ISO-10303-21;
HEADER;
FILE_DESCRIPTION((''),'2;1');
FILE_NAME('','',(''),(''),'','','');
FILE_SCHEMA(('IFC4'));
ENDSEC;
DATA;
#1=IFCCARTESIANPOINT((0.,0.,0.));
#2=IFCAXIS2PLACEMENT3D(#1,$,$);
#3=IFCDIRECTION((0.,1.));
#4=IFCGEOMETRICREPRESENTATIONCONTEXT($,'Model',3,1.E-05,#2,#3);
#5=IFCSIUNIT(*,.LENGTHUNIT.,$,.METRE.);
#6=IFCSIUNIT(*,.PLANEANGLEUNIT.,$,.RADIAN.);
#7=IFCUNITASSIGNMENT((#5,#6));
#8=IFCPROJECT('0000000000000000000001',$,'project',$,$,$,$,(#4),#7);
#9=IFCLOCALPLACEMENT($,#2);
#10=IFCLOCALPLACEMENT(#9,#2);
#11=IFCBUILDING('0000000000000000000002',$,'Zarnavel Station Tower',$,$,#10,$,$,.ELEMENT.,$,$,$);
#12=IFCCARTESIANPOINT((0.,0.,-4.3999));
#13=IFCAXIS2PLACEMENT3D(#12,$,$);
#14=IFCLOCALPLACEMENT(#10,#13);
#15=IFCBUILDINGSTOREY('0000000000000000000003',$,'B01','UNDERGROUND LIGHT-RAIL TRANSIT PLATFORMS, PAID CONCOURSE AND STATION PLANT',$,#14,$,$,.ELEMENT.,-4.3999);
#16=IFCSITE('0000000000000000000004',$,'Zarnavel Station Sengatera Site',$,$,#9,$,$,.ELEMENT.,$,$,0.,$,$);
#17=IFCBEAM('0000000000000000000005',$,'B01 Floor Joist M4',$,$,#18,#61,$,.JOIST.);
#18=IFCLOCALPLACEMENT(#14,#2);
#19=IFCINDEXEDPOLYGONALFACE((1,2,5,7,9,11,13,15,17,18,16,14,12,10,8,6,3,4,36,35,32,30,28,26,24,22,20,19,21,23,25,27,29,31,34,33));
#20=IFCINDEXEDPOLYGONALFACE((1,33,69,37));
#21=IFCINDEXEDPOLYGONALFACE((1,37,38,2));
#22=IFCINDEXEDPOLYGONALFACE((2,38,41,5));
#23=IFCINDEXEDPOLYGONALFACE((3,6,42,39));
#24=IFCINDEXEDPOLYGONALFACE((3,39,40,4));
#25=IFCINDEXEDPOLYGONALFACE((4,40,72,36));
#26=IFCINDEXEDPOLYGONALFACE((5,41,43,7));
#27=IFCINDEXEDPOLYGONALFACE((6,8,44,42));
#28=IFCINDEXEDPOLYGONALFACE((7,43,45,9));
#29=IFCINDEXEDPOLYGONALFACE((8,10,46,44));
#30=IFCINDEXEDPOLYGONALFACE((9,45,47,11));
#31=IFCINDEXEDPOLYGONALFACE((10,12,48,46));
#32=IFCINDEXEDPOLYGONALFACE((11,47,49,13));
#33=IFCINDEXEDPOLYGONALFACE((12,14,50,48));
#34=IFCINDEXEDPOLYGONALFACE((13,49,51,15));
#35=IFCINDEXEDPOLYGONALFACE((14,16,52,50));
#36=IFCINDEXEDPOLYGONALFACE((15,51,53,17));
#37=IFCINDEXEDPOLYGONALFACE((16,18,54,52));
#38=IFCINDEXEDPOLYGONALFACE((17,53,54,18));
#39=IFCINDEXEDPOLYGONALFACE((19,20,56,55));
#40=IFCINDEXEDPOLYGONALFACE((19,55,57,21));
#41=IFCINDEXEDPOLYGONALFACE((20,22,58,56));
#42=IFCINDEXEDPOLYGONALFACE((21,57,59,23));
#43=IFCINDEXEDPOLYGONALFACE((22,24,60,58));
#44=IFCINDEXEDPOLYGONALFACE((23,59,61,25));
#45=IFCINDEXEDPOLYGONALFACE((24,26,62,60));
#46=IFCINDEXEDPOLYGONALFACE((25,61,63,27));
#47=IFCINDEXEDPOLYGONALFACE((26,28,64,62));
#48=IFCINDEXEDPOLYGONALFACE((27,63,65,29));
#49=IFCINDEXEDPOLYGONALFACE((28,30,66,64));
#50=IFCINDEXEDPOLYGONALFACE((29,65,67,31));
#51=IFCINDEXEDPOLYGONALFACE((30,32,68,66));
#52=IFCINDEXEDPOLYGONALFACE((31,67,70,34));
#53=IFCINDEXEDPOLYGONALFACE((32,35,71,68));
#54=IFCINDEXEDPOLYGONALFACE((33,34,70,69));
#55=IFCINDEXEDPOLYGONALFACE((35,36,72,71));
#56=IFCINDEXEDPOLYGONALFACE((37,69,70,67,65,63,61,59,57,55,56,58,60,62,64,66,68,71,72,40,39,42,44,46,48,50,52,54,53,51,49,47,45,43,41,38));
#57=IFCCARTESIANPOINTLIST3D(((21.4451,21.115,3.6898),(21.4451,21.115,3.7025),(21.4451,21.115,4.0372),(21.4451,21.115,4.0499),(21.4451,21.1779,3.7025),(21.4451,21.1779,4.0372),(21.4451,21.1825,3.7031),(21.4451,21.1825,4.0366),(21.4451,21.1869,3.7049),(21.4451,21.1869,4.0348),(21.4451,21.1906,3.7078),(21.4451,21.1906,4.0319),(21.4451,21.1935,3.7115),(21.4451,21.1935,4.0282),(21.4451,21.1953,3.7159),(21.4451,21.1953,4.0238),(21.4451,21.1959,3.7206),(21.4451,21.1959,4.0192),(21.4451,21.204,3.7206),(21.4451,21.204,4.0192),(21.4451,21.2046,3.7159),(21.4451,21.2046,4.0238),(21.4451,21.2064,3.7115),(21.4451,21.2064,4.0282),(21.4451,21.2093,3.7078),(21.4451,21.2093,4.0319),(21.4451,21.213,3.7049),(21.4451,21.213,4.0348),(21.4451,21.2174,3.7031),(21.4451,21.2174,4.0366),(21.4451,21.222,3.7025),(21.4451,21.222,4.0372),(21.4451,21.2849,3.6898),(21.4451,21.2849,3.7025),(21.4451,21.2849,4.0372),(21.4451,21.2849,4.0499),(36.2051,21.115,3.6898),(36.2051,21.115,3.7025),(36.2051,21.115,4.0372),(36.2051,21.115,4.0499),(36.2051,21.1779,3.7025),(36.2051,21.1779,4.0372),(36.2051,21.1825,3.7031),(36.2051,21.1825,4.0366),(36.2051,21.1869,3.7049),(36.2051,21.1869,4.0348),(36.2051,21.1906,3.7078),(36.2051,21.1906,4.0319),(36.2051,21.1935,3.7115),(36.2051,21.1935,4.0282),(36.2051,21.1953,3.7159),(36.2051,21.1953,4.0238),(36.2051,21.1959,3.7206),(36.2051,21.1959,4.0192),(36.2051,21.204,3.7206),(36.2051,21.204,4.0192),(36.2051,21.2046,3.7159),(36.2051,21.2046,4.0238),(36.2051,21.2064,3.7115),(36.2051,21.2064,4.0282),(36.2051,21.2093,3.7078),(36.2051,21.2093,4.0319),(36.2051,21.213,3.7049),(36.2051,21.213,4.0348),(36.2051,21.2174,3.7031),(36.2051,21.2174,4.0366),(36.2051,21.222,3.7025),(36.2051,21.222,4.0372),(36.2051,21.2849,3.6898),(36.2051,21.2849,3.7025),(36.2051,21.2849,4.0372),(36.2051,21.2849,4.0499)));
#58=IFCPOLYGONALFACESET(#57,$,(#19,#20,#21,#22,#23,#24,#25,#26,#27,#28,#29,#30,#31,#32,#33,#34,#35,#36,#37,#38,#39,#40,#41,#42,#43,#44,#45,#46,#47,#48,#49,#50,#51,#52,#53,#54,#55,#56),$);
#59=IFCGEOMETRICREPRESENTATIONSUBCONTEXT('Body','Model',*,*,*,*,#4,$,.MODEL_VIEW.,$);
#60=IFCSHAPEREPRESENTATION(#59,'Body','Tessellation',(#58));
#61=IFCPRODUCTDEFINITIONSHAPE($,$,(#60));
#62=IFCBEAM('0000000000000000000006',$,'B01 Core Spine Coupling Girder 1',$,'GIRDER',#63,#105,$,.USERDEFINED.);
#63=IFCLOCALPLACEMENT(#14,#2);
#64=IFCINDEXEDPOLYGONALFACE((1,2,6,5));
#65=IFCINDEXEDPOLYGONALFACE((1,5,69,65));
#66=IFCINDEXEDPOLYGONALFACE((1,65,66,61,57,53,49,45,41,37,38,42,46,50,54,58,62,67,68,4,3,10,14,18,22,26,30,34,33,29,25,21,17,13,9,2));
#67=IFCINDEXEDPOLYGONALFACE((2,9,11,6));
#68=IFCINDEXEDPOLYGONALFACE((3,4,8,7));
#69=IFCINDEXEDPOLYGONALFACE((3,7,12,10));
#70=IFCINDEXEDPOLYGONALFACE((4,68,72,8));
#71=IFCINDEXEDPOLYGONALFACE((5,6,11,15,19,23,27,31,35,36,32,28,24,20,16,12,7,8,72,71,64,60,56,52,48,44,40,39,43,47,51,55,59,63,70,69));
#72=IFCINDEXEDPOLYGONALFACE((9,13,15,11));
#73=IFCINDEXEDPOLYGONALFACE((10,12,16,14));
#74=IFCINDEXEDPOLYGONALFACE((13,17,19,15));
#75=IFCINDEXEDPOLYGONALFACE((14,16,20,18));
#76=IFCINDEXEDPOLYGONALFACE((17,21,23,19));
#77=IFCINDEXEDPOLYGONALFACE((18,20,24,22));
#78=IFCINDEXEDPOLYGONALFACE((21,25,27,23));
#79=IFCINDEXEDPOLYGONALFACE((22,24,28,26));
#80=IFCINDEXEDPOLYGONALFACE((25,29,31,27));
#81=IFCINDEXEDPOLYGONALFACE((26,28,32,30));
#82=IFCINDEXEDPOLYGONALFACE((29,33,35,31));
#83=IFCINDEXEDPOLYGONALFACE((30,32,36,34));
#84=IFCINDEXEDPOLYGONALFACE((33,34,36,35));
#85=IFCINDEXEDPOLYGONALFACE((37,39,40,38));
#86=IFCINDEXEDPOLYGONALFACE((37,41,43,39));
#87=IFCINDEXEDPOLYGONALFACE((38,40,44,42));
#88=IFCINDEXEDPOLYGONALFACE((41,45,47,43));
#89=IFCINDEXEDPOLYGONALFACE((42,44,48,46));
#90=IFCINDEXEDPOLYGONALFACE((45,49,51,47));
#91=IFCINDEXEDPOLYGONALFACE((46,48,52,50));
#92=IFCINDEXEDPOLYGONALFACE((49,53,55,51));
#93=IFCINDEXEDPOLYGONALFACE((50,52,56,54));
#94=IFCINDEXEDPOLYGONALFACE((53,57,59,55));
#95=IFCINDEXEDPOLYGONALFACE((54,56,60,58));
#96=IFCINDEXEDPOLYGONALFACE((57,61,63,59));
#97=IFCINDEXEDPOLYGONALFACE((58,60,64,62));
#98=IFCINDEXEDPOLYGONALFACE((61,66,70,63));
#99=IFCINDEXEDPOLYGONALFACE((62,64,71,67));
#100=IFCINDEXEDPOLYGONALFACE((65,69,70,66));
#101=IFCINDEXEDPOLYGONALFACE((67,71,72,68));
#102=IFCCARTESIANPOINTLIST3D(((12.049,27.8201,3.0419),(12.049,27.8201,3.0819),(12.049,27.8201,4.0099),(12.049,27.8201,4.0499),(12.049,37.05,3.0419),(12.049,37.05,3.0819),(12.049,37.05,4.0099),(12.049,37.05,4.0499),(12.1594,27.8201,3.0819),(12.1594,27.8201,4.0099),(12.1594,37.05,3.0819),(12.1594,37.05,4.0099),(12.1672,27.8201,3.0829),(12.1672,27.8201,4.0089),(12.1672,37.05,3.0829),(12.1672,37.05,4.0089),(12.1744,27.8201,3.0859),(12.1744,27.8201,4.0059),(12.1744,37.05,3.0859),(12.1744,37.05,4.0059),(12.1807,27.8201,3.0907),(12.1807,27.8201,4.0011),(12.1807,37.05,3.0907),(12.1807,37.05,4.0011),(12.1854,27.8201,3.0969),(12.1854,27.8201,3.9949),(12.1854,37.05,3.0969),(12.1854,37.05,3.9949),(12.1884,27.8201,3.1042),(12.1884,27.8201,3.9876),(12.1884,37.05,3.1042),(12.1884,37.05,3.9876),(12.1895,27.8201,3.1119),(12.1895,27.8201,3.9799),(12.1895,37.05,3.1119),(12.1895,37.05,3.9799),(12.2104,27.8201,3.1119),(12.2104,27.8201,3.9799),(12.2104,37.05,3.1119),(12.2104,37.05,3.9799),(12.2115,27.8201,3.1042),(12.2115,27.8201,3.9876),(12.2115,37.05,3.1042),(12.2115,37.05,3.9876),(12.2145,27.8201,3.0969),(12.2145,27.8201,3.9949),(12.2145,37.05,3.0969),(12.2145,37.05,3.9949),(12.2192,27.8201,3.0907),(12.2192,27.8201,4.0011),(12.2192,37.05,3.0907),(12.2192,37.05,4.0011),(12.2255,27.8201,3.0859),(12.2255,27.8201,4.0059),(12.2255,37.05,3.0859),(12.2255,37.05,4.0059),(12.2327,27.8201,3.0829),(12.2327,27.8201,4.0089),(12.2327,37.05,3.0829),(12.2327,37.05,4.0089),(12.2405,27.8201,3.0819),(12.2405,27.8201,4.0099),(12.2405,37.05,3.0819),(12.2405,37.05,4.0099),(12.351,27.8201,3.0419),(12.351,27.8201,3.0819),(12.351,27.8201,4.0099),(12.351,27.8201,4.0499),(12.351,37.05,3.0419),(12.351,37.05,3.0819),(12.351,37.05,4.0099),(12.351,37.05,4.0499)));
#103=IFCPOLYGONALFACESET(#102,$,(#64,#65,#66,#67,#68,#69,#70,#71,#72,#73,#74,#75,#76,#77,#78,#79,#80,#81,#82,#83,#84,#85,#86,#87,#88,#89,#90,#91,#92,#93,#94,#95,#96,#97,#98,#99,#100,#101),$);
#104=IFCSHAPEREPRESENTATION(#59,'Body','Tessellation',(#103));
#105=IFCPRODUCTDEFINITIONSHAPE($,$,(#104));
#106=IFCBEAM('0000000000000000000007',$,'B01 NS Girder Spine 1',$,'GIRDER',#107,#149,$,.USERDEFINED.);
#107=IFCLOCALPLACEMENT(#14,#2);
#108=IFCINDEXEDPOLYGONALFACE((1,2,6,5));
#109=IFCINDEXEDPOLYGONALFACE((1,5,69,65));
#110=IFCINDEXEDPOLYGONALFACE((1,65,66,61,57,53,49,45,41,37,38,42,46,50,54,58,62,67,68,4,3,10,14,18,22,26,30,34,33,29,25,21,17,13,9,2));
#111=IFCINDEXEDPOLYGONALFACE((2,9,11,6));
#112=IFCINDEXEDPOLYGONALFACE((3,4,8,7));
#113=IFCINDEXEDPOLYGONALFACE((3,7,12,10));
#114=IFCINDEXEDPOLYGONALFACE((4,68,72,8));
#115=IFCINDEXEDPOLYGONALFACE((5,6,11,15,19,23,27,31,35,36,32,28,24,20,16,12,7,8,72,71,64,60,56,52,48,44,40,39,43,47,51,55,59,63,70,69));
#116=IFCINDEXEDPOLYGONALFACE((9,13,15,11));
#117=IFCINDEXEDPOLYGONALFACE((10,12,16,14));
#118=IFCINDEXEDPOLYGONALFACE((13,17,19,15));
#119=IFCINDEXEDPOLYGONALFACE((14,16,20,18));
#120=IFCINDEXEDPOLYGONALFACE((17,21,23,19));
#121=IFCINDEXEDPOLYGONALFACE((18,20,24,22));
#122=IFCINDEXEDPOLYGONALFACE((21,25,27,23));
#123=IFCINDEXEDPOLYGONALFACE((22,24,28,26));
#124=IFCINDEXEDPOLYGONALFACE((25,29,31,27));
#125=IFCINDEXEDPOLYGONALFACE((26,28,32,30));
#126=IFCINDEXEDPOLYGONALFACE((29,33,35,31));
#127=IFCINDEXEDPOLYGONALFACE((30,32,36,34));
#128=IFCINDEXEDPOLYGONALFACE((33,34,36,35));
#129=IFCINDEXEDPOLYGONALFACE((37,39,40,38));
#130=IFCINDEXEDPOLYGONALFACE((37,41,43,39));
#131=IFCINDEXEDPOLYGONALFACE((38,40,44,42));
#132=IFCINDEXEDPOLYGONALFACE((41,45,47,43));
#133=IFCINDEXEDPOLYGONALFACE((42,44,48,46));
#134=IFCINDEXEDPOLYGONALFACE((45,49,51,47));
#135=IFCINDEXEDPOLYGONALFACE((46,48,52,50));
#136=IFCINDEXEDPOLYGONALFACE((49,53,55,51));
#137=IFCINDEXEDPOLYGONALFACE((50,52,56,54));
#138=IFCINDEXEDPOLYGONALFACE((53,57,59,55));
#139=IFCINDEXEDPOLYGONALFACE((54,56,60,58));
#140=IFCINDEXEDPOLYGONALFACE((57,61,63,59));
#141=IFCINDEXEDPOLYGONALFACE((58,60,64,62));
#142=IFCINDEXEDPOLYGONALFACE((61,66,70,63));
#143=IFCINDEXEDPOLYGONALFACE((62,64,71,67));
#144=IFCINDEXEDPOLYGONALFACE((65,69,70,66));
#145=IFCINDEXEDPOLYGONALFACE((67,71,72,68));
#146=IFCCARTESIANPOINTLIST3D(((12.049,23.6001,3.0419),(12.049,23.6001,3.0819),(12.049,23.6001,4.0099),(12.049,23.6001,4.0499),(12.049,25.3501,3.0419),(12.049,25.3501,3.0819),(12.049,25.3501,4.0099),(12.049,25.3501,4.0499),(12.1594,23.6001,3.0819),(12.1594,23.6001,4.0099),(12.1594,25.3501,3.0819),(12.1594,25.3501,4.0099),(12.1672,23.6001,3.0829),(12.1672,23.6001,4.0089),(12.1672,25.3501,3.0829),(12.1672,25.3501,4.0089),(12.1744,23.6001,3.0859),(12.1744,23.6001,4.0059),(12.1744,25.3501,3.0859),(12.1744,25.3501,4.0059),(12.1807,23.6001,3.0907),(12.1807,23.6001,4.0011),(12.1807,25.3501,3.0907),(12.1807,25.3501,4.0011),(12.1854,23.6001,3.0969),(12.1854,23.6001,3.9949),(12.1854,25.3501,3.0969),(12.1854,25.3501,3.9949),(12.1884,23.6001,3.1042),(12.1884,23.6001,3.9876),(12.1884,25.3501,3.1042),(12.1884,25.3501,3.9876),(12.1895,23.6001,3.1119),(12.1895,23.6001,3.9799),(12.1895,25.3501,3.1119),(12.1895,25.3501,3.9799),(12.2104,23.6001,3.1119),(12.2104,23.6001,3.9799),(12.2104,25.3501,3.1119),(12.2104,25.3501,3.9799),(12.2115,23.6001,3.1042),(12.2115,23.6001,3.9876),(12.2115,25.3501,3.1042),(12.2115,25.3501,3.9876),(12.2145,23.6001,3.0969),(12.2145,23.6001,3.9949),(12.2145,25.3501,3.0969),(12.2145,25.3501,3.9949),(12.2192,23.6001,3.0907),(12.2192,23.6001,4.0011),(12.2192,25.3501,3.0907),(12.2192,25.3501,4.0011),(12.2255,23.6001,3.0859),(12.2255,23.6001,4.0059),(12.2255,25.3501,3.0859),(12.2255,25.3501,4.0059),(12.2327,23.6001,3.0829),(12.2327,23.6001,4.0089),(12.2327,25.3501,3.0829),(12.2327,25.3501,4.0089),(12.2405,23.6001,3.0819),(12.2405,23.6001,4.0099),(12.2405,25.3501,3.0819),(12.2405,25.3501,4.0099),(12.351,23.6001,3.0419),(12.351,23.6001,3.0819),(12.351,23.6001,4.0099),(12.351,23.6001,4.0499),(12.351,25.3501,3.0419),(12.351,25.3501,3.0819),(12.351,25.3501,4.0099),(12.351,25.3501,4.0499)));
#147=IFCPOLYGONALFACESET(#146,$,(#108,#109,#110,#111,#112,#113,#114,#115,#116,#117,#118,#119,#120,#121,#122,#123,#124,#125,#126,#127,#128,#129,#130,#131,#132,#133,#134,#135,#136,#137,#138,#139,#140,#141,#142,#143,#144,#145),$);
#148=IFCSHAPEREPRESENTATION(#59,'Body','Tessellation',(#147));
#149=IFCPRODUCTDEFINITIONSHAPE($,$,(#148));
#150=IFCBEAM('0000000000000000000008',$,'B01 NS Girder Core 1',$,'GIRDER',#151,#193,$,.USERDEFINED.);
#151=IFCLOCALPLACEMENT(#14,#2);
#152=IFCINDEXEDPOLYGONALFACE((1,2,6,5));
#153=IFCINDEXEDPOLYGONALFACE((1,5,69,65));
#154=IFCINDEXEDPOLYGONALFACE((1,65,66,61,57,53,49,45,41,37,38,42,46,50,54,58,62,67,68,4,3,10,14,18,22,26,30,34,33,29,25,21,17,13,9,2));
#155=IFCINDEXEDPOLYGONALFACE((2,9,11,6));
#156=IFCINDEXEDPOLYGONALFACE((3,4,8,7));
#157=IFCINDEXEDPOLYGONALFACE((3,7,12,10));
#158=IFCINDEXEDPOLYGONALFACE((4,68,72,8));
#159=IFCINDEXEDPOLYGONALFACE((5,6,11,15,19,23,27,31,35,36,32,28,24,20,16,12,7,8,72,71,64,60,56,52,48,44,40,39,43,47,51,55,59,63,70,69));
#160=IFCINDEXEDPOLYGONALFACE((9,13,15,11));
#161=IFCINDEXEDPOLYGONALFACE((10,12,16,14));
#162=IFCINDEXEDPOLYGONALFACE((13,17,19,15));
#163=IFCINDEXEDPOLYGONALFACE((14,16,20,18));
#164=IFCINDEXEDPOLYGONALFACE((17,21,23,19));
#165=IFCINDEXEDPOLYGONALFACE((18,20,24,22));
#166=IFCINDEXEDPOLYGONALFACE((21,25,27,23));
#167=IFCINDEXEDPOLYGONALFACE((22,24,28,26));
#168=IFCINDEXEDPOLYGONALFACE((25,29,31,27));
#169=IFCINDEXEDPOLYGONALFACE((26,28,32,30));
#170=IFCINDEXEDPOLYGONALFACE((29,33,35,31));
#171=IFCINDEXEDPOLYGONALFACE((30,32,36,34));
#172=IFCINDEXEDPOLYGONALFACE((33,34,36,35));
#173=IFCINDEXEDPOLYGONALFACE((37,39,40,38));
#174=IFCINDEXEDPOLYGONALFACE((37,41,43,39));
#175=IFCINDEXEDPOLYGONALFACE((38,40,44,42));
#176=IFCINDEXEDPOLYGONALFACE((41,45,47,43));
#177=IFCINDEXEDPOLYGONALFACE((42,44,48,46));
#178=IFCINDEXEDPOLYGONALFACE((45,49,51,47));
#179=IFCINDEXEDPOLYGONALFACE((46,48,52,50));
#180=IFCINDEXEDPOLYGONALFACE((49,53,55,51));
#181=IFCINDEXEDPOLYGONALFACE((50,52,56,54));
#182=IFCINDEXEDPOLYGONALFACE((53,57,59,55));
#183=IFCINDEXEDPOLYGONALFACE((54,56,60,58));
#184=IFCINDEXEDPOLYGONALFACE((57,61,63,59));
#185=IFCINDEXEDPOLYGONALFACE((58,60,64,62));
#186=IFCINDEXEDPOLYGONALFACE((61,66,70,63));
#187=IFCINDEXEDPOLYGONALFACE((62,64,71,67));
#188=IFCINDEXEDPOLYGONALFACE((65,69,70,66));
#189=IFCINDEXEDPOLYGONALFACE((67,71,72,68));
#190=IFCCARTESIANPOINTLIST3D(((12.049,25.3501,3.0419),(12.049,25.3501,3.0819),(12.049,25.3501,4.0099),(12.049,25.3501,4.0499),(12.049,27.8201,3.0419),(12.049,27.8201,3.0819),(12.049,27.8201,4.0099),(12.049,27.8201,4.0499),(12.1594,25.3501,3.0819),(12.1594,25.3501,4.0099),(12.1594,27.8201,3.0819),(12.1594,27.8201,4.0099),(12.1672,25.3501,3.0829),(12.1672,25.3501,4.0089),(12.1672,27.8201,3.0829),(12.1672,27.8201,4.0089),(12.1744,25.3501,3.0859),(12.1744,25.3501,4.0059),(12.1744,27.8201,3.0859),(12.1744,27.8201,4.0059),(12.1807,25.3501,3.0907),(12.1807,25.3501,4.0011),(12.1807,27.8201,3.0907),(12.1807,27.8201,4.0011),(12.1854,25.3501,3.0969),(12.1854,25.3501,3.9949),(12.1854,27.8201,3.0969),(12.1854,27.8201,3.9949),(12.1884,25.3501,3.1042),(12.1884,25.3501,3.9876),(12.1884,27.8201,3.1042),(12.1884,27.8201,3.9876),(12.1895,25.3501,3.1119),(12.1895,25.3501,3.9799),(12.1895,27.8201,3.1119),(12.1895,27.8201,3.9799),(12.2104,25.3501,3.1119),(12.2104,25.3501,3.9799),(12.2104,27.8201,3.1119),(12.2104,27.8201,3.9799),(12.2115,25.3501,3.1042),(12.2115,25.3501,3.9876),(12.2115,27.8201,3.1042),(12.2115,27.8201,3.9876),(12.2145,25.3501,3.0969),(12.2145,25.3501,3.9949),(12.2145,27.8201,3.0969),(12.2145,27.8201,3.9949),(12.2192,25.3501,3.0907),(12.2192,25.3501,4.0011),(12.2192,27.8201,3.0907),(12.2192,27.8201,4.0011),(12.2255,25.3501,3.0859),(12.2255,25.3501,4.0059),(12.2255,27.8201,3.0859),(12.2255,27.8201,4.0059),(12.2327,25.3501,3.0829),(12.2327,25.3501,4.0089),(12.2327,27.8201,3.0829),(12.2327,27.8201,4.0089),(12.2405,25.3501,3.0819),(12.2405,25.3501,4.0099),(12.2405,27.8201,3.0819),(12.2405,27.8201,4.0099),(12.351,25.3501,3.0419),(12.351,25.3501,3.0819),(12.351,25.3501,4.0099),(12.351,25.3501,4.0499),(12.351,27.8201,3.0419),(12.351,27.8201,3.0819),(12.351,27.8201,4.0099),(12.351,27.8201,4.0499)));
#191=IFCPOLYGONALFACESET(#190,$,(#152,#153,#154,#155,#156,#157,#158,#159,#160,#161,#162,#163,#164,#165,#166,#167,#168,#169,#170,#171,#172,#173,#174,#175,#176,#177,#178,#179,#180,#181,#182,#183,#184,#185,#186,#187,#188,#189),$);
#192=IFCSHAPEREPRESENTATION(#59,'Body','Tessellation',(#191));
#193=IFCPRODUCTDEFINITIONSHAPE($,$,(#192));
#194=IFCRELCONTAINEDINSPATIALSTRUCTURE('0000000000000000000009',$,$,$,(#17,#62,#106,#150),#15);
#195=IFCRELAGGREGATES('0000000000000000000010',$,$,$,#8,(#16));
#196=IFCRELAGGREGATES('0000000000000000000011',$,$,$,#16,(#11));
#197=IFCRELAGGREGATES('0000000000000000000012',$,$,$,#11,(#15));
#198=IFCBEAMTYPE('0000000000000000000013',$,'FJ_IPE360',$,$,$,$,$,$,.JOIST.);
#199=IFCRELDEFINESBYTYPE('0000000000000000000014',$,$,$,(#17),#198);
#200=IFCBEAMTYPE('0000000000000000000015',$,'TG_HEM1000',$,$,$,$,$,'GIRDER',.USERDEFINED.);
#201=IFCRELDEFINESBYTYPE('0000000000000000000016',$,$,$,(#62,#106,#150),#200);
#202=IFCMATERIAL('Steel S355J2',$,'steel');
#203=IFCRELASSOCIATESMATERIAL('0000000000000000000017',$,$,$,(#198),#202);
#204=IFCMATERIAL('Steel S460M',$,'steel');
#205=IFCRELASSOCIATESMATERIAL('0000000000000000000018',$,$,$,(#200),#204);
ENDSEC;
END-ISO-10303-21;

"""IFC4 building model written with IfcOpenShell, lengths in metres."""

from ifc_helpers import new_model, si_unit, direction, frame, origin, origin_2d, place, context, subcontext, project, spatial, i_section, extrude, material, material_profile, profile_set, type_object, element, save


model = new_model("IFC4")

# Units and contexts
model_context = context("Model", 3, precision=1e-05, world=origin(), true_north=direction((0.0, 1.0)))
body_context = subcontext(model_context, "Body", "Model", "MODEL_VIEW")
ifc_project = project(units=[si_unit("LENGTHUNIT", "METRE"), si_unit("PLANEANGLEUNIT", "RADIAN")], contexts=[model_context])

# Site, building, storey
site_placement = place(None, origin())
site = spatial("IfcSite", under=ifc_project, at=site_placement, Name="Zarnavel Station Sengatera Site", CompositionType="ELEMENT", RefElevation=0.0)
building_placement = place(site_placement, origin())
building = spatial("IfcBuilding", under=site, at=building_placement, Name="Zarnavel Station Tower", CompositionType="ELEMENT")
storey_placement = place(building_placement, frame((0.0, 0.0, -4.3999)))
storey = spatial("IfcBuildingStorey", under=building, at=storey_placement, Name="B01", Description="UNDERGROUND LIGHT-RAIL TRANSIT PLATFORMS, PAID CONCOURSE AND STATION PLANT", CompositionType="ELEMENT", Elevation=-4.3999)

# Beams
ifc_material_1 = material(Name="Steel S355J2", Category="steel")
ifc_material_profile_1 = material_profile(ifc_material_1, i_section(OverallWidth=0.1699, OverallDepth=0.3601, WebThickness=0.0081, FlangeThickness=0.0127, FilletRadius=0.0181, at=origin_2d()), Name="IPE360")
ifc_profile_set_1 = profile_set([ifc_material_profile_1], Name="Steel S355J2")
beam_type_1 = type_object("IfcBeamType", Name="FJ_IPE360", PredefinedType="JOIST", material=ifc_profile_set_1)
beam_1_placement = place(storey_placement, frame((21.4451, 21.2, 3.8699), z_axis=(1.0, 0.0, 0.0), x_axis=(0.0, 1.0, 0.0)))
element("IfcBeam", 1, at=beam_1_placement, inside=storey, type_object=beam_type_1, Name="B01 Floor Joist M4", PredefinedType="JOIST", context=body_context, shape_type="SweptSolid", body=[
    extrude(i_section(OverallWidth=0.1699, OverallDepth=0.3601, WebThickness=0.0081, FlangeThickness=0.0127, FilletRadius=0.0181, at=origin_2d()), origin(), (0.0, 0.0, 1.0), 14.76),
])
ifc_material_2 = material(Name="Steel S460M", Category="steel")
ifc_material_profile_2 = material_profile(ifc_material_2, i_section(OverallWidth=0.302, OverallDepth=1.0081, WebThickness=0.021, FlangeThickness=0.04, FilletRadius=0.03, at=origin_2d()), Name="HEM1000")
ifc_profile_set_2 = profile_set([ifc_material_profile_2], Name="Steel S460M")
beam_type_2 = type_object("IfcBeamType", Name="TG_HEM1000", ElementType="GIRDER", PredefinedType="USERDEFINED", material=ifc_profile_set_2)
beam_2_placement = place(storey_placement, frame((12.2, 27.8201, 3.5459), z_axis=(0.0, 1.0, 0.0), x_axis=(-1.0, 0.0, 0.0)))
element("IfcBeam", 2, at=beam_2_placement, inside=storey, type_object=beam_type_2, Name="B01 Core Spine Coupling Girder 1", ObjectType="GIRDER", PredefinedType="USERDEFINED", context=body_context, shape_type="SweptSolid", body=[
    extrude(i_section(OverallWidth=0.302, OverallDepth=1.0081, WebThickness=0.021, FlangeThickness=0.04, FilletRadius=0.03, at=origin_2d()), origin(), (0.0, 0.0, 1.0), 9.23),
])
beam_3_placement = place(storey_placement, frame((12.2, 23.6001, 3.5459), z_axis=(0.0, 1.0, 0.0), x_axis=(-1.0, 0.0, 0.0)))
element("IfcBeam", 3, at=beam_3_placement, inside=storey, type_object=beam_type_2, Name="B01 NS Girder Spine 1", ObjectType="GIRDER", PredefinedType="USERDEFINED", context=body_context, shape_type="SweptSolid", body=[
    extrude(i_section(OverallWidth=0.302, OverallDepth=1.0081, WebThickness=0.021, FlangeThickness=0.04, FilletRadius=0.03, at=origin_2d()), origin(), (0.0, 0.0, 1.0), 1.75),
])
beam_4_placement = place(storey_placement, frame((12.2, 25.3501, 3.5459), z_axis=(0.0, 1.0, 0.0), x_axis=(-1.0, 0.0, 0.0)))
element("IfcBeam", 4, at=beam_4_placement, inside=storey, type_object=beam_type_2, Name="B01 NS Girder Core 1", ObjectType="GIRDER", PredefinedType="USERDEFINED", context=body_context, shape_type="SweptSolid", body=[
    extrude(i_section(OverallWidth=0.302, OverallDepth=1.0081, WebThickness=0.021, FlangeThickness=0.04, FilletRadius=0.03, at=origin_2d()), origin(), (0.0, 0.0, 1.0), 2.47),
])

save(model, "model.ifc")
